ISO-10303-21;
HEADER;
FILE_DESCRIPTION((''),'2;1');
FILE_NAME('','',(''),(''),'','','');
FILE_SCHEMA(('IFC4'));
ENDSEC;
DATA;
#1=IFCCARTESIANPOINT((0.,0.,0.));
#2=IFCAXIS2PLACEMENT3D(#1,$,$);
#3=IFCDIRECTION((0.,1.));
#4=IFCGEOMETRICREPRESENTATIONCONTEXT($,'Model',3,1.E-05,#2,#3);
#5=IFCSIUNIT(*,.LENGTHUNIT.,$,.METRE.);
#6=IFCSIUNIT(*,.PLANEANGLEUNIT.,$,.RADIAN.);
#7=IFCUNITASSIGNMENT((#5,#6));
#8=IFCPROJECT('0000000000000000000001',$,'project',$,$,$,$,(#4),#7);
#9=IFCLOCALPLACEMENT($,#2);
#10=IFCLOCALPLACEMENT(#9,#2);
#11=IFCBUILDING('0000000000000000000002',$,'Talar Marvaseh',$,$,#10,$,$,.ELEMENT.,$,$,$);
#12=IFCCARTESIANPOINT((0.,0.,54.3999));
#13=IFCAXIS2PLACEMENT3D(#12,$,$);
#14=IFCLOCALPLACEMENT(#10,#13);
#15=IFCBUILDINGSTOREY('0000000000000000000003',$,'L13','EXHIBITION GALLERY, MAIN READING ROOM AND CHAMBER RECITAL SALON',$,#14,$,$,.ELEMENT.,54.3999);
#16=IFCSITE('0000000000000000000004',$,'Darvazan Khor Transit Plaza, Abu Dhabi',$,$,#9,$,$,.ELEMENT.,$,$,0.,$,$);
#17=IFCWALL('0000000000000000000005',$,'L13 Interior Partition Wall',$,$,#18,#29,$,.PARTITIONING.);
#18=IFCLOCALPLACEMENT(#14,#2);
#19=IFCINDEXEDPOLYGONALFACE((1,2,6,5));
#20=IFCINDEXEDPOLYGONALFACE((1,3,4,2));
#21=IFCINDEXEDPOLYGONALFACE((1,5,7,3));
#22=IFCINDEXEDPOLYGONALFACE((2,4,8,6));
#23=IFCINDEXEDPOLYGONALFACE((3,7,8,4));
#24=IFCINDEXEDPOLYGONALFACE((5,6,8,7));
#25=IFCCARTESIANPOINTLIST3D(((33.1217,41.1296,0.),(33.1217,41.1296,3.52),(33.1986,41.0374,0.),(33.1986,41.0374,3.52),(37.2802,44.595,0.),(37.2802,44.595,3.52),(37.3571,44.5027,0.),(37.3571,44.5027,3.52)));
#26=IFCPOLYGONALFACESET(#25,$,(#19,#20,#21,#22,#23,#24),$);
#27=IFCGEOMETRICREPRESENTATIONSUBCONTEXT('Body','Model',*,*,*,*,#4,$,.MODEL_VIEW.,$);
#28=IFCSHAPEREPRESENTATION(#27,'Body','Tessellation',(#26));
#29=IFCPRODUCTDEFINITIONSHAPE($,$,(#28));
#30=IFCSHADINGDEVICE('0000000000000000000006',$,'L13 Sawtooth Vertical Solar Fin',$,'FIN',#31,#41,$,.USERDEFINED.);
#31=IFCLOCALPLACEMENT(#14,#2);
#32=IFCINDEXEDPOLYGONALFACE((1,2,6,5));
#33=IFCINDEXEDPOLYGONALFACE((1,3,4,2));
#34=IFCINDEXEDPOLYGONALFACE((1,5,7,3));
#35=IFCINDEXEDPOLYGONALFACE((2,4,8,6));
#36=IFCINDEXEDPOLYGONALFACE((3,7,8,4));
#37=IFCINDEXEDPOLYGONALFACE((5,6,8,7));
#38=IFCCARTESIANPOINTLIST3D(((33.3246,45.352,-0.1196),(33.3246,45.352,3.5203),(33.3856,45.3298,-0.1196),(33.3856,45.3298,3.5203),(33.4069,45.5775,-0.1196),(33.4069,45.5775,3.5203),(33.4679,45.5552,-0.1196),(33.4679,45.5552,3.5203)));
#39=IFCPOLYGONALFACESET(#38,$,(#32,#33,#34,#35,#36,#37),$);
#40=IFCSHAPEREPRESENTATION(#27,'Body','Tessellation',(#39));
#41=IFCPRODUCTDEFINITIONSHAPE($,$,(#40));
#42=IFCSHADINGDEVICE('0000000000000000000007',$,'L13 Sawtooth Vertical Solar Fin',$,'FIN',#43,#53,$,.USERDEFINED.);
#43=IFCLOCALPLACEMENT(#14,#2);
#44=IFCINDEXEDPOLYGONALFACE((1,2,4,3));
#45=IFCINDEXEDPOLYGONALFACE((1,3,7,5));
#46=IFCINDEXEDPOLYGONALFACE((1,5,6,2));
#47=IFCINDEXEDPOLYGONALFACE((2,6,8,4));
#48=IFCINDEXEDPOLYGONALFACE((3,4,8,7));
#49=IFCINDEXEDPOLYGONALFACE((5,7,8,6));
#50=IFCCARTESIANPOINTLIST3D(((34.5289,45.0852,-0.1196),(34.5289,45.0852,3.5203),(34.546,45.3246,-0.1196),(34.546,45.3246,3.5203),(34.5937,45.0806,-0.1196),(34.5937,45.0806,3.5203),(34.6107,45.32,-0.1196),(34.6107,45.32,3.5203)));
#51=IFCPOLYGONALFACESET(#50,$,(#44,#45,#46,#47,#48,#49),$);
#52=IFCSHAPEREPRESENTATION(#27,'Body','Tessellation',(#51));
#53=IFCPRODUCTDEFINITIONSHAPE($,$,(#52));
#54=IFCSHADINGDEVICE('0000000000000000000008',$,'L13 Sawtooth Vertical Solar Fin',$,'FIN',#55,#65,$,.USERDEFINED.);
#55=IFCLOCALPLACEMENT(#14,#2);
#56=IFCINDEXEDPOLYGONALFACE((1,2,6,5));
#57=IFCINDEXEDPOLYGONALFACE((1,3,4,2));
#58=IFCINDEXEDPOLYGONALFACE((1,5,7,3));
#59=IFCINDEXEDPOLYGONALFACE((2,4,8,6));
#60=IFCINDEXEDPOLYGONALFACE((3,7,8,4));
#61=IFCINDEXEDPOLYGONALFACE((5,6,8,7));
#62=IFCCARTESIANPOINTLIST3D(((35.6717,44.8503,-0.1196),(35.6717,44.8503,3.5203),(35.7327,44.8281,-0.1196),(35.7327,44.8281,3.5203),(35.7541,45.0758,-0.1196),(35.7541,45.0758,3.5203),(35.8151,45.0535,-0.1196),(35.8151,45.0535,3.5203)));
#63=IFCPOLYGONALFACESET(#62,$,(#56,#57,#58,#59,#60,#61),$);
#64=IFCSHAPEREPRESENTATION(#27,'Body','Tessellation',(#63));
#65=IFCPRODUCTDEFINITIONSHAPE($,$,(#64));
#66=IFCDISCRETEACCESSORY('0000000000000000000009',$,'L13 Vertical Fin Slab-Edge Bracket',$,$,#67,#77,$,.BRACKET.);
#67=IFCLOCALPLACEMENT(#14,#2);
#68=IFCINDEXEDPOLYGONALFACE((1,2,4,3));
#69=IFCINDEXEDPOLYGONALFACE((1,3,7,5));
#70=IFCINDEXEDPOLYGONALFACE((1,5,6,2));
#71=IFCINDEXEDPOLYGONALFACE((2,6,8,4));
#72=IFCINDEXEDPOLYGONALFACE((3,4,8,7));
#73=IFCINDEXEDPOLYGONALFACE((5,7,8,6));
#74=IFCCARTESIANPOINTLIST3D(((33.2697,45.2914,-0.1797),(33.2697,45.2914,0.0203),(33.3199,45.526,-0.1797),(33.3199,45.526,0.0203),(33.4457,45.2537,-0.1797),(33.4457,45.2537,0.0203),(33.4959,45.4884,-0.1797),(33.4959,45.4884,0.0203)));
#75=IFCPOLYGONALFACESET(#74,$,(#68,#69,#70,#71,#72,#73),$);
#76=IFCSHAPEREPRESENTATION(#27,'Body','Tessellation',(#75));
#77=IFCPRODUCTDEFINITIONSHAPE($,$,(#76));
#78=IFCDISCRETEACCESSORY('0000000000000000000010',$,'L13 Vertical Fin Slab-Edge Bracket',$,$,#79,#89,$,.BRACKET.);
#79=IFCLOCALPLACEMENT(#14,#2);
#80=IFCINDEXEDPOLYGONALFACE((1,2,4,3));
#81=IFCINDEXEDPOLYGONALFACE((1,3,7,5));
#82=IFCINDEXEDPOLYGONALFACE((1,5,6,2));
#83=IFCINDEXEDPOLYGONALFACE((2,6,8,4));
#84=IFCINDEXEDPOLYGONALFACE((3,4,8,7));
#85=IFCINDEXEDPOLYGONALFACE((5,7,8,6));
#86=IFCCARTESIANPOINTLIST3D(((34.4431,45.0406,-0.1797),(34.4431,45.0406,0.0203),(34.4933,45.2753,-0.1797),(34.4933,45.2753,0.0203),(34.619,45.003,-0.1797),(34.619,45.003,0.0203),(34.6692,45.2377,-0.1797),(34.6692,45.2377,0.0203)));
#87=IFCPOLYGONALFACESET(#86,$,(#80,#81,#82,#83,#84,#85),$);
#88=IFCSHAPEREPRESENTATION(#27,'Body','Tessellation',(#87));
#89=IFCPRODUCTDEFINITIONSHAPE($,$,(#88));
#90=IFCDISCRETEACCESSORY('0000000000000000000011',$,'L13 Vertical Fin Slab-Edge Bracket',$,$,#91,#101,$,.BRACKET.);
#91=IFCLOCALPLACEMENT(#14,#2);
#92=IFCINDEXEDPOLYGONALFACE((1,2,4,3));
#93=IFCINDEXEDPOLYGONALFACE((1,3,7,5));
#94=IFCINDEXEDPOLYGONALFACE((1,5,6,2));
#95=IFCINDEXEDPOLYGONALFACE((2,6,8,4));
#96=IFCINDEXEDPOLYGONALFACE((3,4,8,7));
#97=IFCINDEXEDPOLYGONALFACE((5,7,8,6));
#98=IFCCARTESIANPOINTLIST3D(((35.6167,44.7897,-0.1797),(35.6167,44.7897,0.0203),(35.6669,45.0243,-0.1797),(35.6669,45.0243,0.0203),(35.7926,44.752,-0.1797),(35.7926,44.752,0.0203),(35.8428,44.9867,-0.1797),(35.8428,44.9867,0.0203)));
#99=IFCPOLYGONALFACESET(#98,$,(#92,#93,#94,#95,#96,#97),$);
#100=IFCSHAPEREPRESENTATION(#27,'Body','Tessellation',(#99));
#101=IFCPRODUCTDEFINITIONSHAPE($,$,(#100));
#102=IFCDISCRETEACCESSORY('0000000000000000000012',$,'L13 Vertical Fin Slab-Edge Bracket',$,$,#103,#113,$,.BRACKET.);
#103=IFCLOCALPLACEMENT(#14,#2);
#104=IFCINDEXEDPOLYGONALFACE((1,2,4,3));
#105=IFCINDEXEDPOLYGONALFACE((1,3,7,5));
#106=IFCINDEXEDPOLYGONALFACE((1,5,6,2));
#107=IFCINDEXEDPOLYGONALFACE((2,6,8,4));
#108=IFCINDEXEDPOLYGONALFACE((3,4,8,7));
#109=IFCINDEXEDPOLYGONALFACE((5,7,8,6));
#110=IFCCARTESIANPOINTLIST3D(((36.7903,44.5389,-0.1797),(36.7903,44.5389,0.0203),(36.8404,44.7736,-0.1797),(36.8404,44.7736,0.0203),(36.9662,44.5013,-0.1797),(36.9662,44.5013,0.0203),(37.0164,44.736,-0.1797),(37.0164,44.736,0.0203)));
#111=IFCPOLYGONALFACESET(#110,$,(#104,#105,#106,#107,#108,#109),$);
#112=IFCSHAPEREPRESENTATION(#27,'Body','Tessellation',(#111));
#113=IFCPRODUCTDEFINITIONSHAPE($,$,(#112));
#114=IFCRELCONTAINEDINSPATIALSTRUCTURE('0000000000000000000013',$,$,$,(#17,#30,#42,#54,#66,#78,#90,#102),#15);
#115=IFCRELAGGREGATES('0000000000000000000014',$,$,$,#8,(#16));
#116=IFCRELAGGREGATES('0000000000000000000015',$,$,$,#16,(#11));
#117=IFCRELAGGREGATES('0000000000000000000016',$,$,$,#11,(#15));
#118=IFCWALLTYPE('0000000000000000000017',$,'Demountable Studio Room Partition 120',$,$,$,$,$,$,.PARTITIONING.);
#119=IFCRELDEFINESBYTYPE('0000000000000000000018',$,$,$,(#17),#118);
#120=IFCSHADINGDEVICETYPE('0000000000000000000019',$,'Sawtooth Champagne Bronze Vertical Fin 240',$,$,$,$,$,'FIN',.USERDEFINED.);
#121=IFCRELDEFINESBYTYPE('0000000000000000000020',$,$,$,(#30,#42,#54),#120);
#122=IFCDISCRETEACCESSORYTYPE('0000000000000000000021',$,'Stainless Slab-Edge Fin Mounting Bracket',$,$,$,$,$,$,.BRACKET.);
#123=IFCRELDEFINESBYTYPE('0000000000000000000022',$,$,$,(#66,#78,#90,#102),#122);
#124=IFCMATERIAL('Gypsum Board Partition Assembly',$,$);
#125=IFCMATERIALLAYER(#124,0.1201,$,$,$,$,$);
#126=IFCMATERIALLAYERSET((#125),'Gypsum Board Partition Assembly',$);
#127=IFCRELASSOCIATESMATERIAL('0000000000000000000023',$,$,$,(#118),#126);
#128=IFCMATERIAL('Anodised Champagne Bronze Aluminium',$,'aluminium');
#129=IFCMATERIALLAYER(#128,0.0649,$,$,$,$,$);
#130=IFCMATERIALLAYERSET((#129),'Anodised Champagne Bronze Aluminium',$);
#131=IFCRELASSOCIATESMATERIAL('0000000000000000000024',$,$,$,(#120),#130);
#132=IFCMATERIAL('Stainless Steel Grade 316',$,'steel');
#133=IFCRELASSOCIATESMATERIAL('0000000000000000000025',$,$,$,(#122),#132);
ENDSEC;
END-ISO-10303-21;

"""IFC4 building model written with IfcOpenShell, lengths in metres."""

from ifc_helpers import new_model, si_unit, direction, frame, frame_2d, origin, origin_2d, place, context, subcontext, project, spatial, rectangle, extrude, source, transform, mapped, material, layer, layer_set, type_object, type_shapes, element, save


model = new_model("IFC4")

# Units and contexts
model_context = context("Model", 3, precision=1e-05, world=origin(), true_north=direction((0.0, 1.0)))
body_context = subcontext(model_context, "Body", "Model", "MODEL_VIEW")
ifc_project = project(units=[si_unit("LENGTHUNIT", "METRE"), si_unit("PLANEANGLEUNIT", "RADIAN")], contexts=[model_context])

# Site, building, storey
site_placement = place(None, origin())
site = spatial("IfcSite", under=ifc_project, at=site_placement, Name="Darvazan Khor Transit Plaza, Abu Dhabi", CompositionType="ELEMENT", RefElevation=0.0)
building_placement = place(site_placement, origin())
building = spatial("IfcBuilding", under=site, at=building_placement, Name="Talar Marvaseh", CompositionType="ELEMENT")
storey_placement = place(building_placement, frame((0.0, 0.0, 54.3999)))
storey = spatial("IfcBuildingStorey", under=building, at=storey_placement, Name="L13", Description="EXHIBITION GALLERY, MAIN READING ROOM AND CHAMBER RECITAL SALON", CompositionType="ELEMENT", Elevation=54.3999)

# Shared definitions
ifc_material_1 = material(Name="Gypsum Board Partition Assembly")

# Wall
ifc_layer_1 = layer(ifc_material_1, 0.1201)
ifc_layer_set_1 = layer_set([ifc_layer_1], Name="Gypsum Board Partition Assembly")
wall_type_1 = type_object("IfcWallType", Name="Demountable Studio Room Partition 120", PredefinedType="PARTITIONING", material=ifc_layer_set_1)
wall_1_placement = place(storey_placement, frame((33.1602, 41.0835, 0.0), z_axis=(0.0, 0.0, 1.0), x_axis=(0.768225, 0.64018, 0.0)))
element("IfcWall", 1, at=wall_1_placement, inside=storey, type_object=wall_type_1, Name="L13 Interior Partition Wall", PredefinedType="PARTITIONING", context=body_context, shape_type="SweptSolid", body=[
    extrude(rectangle(XDim=5.4131, YDim=0.1201, at=frame_2d((2.7065, 0.0))), origin(), (0.0, 0.0, 1.0), 3.52),
])

# Shading devices
ifc_material_2 = material(Name="Anodised Champagne Bronze Aluminium", Category="aluminium")
ifc_layer_2 = layer(ifc_material_2, 0.0649)
ifc_layer_set_2 = layer_set([ifc_layer_2], Name="Anodised Champagne Bronze Aluminium")
shading_device_type = type_object("IfcShadingDeviceType", Name="Sawtooth Champagne Bronze Vertical Fin 240", ElementType="FIN", PredefinedType="USERDEFINED", material=ifc_layer_set_2)
shared_shape_1 = source(origin(), body_context, "Body", "SweptSolid", [
    extrude(rectangle(XDim=0.24, YDim=0.0649, at=origin_2d()), origin(), (0.0, 0.0, 1.0), 3.6399),
])
type_shapes(shading_device_type, [shared_shape_1])
for number, where, z_axis, x_axis, name in (
    (2, (33.3962, 45.4536, -0.1196), (0.0, 0.0, 1.0), (0.343168, 0.939274, 0.0), "L13 Sawtooth Vertical Solar Fin"),
    (3, (34.5698, 45.2026, -0.1196), (0.0, 0.0, 1.0), (0.070975, 0.997478, 0.0), "L13 Sawtooth Vertical Solar Fin"),
    (4, (35.7434, 44.9519, -0.1196), (0.0, 0.0, 1.0), (0.343168, 0.939274, 0.0), "L13 Sawtooth Vertical Solar Fin"),
):
    element("IfcShadingDevice", number, at=place(storey_placement, frame(where, z_axis=z_axis, x_axis=x_axis)), inside=storey, type_object=shading_device_type, Name=name, ObjectType="FIN", PredefinedType="USERDEFINED", context=body_context, shape_type="MappedRepresentation", body=[
        mapped(shared_shape_1, transform((0.0, 0.0, 0.0), x_axis=(1.0, 0.0, 0.0), y_axis=(0.0, 1.0, 0.0), z_axis=(0.0, 0.0, 1.0), scale=1.0)),
    ])

# Discrete accessories
ifc_material_3 = material(Name="Stainless Steel Grade 316", Category="steel")
discrete_accessory_type = type_object("IfcDiscreteAccessoryType", Name="Stainless Slab-Edge Fin Mounting Bracket", PredefinedType="BRACKET", material=ifc_material_3)
shared_shape_2 = source(origin(), body_context, "Body", "SweptSolid", [
    extrude(rectangle(XDim=0.24, YDim=0.1799, at=origin_2d()), origin(), (0.0, 0.0, 1.0), 0.2),
])
type_shapes(discrete_accessory_type, [shared_shape_2])
for number, where, z_axis, x_axis, name in (
    (5, (33.3828, 45.3899, -0.1797), (0.0, 0.0, 1.0), (0.209107, 0.977893, 0.0), "L13 Vertical Fin Slab-Edge Bracket"),
    (6, (34.5562, 45.1392, -0.1797), (0.0, 0.0, 1.0), (0.209107, 0.977893, 0.0), "L13 Vertical Fin Slab-Edge Bracket"),
    (7, (35.7297, 44.8882, -0.1797), (0.0, 0.0, 1.0), (0.209107, 0.977893, 0.0), "L13 Vertical Fin Slab-Edge Bracket"),
    (8, (36.9033, 44.6375, -0.1797), (0.0, 0.0, 1.0), (0.209107, 0.977893, 0.0), "L13 Vertical Fin Slab-Edge Bracket"),
):
    element("IfcDiscreteAccessory", number, at=place(storey_placement, frame(where, z_axis=z_axis, x_axis=x_axis)), inside=storey, type_object=discrete_accessory_type, Name=name, PredefinedType="BRACKET", context=body_context, shape_type="MappedRepresentation", body=[
        mapped(shared_shape_2, transform((0.0, 0.0, 0.0), x_axis=(1.0, 0.0, 0.0), y_axis=(0.0, 1.0, 0.0), z_axis=(0.0, 0.0, 1.0), scale=1.0)),
    ])

save(model, "model.ifc")
